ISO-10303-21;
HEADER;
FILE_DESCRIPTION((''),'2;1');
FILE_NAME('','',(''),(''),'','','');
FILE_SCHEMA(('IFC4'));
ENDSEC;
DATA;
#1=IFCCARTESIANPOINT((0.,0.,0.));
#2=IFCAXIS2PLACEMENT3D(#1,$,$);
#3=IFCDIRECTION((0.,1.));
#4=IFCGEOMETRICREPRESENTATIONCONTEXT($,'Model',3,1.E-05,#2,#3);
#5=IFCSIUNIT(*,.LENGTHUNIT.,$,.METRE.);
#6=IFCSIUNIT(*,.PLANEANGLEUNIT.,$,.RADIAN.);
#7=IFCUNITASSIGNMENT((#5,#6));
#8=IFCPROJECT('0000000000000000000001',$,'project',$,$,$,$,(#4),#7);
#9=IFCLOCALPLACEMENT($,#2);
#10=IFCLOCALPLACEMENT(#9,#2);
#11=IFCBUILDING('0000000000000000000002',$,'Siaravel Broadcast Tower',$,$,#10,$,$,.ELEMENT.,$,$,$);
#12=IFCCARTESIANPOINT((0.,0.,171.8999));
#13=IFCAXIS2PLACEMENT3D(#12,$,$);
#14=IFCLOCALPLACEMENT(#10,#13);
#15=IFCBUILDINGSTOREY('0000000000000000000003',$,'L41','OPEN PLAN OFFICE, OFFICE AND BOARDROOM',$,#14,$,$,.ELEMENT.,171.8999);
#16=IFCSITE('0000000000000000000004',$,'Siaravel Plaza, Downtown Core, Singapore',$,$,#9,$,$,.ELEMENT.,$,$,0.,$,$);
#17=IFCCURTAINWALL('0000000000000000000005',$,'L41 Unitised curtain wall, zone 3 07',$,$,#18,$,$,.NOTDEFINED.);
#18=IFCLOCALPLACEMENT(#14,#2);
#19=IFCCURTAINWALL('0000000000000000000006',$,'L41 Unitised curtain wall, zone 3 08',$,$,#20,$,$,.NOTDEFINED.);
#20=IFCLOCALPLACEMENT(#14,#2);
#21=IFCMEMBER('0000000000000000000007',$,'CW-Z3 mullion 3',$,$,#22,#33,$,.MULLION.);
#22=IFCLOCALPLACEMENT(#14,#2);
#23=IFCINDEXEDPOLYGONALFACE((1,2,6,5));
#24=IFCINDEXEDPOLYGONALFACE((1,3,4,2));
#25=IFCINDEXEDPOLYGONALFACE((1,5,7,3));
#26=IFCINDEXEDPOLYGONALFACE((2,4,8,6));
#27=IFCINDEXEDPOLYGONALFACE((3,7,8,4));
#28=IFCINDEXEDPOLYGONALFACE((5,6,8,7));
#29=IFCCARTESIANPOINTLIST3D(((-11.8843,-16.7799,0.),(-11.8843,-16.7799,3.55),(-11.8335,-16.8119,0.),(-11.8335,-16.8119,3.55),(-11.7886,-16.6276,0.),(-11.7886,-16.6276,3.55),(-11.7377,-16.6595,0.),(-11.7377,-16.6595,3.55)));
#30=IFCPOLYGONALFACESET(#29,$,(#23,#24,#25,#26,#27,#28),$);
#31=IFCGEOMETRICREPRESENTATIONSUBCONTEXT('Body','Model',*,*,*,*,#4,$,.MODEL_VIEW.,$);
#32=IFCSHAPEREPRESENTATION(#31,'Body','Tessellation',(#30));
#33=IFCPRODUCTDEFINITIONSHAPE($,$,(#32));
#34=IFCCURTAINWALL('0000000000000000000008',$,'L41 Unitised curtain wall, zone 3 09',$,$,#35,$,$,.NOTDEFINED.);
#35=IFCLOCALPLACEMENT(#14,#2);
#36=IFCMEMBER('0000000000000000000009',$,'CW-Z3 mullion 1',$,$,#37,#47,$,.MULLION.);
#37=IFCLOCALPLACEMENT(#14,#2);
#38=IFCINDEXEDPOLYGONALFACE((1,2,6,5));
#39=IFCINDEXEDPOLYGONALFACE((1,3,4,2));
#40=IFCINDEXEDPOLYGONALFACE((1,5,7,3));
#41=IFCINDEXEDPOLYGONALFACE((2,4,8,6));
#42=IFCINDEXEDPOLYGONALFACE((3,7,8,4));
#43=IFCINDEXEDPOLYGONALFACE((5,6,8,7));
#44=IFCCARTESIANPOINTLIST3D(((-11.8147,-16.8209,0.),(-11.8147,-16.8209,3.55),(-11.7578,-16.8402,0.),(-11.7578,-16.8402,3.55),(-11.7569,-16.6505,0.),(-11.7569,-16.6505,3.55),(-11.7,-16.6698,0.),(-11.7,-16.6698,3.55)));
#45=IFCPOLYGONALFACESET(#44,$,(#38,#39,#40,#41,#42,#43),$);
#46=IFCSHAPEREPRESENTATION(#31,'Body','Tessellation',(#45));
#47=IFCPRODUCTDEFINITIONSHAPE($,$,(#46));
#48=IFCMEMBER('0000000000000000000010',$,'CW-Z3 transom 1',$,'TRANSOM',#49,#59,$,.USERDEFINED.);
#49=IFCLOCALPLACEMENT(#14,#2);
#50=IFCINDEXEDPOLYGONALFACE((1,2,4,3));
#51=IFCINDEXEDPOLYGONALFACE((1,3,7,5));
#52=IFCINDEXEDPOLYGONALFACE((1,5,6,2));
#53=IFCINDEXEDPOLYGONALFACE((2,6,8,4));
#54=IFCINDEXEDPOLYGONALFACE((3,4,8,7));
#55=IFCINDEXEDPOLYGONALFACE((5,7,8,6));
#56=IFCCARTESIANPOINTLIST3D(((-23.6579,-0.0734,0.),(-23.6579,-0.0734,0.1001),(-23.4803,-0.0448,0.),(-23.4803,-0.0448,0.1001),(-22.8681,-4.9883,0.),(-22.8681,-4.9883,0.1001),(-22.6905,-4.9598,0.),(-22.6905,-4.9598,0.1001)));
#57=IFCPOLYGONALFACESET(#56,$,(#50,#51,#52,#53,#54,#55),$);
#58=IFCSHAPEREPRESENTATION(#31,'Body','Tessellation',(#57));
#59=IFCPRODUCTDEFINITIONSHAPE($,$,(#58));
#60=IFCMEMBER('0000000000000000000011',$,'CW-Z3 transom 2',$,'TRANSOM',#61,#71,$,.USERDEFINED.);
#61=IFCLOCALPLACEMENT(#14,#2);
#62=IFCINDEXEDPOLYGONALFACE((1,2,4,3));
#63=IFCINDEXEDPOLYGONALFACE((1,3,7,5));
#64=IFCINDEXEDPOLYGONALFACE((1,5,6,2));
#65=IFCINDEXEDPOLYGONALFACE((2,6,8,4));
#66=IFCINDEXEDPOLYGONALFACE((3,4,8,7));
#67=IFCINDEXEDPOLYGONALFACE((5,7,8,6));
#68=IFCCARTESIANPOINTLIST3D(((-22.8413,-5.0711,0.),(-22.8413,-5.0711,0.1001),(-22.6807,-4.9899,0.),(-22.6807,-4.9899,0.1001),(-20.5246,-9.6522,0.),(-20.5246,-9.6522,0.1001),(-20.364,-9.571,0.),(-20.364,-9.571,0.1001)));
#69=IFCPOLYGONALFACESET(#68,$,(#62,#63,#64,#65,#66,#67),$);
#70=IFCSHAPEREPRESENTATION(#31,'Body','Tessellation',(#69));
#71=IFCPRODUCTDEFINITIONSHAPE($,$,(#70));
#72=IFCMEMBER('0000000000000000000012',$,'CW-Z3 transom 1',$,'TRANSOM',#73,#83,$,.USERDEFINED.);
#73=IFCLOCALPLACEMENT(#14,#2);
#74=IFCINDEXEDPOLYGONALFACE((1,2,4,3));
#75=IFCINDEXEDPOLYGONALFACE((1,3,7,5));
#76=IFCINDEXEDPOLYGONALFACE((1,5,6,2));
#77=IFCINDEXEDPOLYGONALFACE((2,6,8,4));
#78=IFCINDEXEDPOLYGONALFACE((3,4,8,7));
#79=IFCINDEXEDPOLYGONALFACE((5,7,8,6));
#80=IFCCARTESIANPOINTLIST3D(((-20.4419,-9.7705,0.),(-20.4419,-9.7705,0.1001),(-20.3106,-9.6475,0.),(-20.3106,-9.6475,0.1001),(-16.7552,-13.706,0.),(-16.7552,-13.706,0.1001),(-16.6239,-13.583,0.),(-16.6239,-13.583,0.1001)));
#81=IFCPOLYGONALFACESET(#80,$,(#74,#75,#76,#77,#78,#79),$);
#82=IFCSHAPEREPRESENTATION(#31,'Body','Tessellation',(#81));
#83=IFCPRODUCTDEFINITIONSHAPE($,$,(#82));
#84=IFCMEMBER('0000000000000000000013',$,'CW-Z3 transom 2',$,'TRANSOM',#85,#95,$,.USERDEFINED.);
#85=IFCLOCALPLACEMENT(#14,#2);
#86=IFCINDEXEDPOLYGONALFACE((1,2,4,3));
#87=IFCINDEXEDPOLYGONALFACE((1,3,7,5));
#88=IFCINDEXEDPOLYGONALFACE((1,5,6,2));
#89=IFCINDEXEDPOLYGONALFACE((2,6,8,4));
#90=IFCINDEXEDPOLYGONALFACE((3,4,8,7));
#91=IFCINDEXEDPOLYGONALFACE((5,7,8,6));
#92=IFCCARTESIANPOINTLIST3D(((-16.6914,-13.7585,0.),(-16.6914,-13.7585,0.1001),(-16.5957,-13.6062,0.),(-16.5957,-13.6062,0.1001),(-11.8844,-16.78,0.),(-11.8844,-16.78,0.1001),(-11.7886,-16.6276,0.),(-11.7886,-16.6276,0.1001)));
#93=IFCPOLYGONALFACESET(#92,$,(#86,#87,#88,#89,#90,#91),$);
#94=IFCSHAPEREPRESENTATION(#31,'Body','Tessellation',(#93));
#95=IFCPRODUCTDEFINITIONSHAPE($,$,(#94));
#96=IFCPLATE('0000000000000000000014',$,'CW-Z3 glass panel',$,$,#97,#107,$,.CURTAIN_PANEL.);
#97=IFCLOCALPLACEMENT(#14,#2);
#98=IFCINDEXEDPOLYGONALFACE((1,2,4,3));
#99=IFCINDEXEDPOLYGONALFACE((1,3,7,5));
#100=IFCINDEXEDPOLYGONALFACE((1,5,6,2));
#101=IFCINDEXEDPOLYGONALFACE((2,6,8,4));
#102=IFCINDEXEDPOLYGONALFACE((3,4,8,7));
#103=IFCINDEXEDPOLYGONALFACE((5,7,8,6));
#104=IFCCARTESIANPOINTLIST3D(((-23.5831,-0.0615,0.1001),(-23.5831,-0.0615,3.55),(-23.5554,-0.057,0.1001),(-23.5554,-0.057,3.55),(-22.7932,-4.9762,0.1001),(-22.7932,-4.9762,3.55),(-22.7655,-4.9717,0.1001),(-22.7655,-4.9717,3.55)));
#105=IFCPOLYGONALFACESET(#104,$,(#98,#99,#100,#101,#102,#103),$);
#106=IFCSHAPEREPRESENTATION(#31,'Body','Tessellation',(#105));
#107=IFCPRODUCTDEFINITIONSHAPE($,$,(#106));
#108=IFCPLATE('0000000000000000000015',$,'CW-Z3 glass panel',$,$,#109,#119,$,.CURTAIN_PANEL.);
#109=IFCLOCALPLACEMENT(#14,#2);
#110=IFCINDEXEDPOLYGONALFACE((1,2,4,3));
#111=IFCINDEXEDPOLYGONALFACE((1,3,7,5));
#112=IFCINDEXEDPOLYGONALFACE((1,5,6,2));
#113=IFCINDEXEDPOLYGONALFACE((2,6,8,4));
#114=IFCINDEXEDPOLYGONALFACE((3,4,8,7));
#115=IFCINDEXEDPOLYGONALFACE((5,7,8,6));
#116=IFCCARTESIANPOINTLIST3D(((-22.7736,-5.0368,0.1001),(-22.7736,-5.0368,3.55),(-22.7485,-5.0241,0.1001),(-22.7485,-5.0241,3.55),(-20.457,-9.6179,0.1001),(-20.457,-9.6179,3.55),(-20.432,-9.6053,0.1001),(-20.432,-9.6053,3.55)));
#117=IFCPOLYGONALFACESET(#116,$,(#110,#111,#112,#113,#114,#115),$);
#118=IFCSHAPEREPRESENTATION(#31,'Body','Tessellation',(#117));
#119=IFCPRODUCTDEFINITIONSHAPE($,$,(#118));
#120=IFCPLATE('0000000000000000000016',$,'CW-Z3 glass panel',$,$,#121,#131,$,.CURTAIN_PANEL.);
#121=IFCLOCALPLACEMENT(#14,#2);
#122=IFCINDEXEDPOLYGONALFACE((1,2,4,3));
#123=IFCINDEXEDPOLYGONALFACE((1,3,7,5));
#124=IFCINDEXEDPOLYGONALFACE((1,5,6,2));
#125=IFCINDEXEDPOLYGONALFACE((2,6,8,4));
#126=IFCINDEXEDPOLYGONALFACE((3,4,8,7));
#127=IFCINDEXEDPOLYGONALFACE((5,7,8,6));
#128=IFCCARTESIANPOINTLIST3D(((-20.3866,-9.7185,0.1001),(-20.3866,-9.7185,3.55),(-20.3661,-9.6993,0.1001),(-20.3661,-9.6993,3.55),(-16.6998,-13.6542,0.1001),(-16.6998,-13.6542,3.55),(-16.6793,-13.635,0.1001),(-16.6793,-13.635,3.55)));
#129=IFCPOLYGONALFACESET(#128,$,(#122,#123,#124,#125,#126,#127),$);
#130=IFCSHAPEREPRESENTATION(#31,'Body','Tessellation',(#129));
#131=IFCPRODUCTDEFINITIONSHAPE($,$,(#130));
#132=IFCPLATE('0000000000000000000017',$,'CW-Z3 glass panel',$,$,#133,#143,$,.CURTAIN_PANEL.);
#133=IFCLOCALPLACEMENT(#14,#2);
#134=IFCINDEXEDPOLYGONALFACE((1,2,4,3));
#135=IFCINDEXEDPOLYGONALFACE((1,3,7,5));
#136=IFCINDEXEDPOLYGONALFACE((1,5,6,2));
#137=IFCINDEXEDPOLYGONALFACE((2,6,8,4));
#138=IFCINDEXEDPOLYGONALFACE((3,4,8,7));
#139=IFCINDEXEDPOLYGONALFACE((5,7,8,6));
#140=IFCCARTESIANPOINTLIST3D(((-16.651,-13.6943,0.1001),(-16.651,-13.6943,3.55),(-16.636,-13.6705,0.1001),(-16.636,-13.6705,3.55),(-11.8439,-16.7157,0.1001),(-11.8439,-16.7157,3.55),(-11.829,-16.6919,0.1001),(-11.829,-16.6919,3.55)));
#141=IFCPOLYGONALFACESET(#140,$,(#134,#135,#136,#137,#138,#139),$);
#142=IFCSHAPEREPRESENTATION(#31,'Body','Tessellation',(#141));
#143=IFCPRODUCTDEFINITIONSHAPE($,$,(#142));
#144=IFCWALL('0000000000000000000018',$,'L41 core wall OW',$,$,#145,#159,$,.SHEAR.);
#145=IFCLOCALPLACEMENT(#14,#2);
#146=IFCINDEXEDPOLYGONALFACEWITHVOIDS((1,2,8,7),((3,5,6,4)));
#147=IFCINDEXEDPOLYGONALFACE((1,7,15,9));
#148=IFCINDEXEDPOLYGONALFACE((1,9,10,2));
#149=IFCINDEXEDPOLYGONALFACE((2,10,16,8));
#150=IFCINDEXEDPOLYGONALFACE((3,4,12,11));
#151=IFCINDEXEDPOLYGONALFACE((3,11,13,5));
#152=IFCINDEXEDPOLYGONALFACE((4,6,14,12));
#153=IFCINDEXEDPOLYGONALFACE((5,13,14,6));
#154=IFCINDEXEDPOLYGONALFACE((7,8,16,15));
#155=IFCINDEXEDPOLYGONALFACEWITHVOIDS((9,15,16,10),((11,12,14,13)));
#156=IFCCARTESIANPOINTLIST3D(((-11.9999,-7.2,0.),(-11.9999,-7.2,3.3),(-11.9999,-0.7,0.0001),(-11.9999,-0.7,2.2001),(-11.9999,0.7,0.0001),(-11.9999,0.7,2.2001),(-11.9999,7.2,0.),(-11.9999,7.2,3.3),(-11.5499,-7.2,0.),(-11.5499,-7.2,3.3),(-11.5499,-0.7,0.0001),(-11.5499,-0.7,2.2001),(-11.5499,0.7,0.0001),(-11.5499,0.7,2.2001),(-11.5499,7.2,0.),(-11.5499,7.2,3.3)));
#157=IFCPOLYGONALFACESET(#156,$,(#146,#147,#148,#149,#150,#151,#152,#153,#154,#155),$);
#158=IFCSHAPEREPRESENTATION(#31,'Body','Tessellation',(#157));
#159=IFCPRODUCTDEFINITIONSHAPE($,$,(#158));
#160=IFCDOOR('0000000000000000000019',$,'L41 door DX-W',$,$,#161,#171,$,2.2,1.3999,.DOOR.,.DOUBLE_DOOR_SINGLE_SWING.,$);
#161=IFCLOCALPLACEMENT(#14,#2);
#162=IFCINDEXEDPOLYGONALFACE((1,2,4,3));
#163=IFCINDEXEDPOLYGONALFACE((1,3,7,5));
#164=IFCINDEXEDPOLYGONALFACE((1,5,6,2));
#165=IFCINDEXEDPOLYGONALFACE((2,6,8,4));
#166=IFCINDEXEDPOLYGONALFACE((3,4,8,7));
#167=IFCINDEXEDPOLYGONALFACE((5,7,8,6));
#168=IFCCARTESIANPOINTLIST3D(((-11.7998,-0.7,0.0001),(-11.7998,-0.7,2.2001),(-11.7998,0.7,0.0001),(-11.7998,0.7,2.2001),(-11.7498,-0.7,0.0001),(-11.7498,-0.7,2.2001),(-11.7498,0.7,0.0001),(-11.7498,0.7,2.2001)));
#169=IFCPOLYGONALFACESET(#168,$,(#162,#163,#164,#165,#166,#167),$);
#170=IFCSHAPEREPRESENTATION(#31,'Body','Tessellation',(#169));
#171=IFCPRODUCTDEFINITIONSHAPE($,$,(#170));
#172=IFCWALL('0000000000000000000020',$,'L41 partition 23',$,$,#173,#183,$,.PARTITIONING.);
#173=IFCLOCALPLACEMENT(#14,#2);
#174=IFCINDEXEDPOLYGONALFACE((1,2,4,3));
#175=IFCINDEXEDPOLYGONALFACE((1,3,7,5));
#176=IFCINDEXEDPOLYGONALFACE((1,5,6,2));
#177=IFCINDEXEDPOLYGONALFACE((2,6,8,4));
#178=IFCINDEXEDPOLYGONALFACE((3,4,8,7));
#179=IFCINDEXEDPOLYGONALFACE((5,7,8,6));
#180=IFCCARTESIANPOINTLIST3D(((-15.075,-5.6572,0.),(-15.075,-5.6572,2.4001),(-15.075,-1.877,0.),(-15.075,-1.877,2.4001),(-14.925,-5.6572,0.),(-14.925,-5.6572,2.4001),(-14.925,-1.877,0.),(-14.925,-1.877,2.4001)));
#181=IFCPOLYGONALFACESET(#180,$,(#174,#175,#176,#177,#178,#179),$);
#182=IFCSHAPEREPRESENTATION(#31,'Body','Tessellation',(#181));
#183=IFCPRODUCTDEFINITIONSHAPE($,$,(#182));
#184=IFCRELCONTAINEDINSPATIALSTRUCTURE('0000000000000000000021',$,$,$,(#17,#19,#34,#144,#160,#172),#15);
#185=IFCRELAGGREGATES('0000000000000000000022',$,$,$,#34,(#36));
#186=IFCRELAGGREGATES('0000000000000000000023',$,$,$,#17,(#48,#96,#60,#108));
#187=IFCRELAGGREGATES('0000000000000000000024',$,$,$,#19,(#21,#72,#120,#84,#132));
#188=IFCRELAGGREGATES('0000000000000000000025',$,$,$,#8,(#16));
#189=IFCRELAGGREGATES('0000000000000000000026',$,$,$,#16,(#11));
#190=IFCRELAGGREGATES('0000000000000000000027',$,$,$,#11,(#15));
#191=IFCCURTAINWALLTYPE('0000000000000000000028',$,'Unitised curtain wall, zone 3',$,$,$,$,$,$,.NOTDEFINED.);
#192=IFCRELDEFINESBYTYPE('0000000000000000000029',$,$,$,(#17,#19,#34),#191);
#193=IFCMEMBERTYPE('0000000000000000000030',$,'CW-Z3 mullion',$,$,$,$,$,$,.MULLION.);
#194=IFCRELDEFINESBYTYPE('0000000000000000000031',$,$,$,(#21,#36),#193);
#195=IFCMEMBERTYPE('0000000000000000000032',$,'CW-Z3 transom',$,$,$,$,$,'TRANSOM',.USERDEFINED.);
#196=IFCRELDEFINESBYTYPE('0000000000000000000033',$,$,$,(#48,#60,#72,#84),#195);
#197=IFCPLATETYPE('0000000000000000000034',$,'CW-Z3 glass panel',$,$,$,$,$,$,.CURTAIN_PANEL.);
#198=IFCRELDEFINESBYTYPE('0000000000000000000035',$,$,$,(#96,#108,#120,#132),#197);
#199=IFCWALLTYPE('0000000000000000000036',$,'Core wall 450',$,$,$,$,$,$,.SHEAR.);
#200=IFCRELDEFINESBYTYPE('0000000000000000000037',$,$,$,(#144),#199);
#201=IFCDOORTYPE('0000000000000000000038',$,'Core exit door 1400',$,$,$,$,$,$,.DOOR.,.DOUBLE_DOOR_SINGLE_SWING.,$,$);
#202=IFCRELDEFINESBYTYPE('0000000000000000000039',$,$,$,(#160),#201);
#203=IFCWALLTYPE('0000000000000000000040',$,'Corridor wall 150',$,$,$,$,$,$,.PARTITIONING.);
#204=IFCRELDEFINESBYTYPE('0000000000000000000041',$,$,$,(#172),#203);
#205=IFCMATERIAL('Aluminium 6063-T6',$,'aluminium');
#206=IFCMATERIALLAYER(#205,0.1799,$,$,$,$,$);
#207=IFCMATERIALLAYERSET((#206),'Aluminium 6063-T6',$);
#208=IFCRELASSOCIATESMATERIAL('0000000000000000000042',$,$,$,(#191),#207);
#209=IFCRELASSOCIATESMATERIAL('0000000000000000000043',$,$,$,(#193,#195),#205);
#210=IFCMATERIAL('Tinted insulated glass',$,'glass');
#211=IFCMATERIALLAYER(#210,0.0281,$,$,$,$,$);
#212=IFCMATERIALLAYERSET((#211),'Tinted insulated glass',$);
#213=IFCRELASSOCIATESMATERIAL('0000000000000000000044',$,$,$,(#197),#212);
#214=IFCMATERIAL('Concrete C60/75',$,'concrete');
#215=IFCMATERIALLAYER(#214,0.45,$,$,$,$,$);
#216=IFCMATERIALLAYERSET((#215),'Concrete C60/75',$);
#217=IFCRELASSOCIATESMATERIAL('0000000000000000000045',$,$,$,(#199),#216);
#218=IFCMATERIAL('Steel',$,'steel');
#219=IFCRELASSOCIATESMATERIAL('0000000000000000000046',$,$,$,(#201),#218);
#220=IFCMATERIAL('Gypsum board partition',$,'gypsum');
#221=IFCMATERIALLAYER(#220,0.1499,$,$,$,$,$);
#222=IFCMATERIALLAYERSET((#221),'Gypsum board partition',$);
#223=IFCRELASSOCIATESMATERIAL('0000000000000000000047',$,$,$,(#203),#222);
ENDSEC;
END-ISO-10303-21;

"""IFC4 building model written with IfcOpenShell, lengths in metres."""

from ifc_helpers import new_model, si_unit, direction, frame, frame_2d, origin, origin_2d, place, context, subcontext, project, spatial, rectangle, extrude, material, layer, layer_set, material_profile, profile_set, type_object, element, fill, aggregate, save


model = new_model("IFC4")

# Units and contexts
model_context = context("Model", 3, precision=1e-05, world=origin(), true_north=direction((0.0, 1.0)))
body_context = subcontext(model_context, "Body", "Model", "MODEL_VIEW")
ifc_project = project(units=[si_unit("LENGTHUNIT", "METRE"), si_unit("PLANEANGLEUNIT", "RADIAN")], contexts=[model_context])

# Site, building, storey
site_placement = place(None, origin())
site = spatial("IfcSite", under=ifc_project, at=site_placement, Name="Siaravel Plaza, Downtown Core, Singapore", CompositionType="ELEMENT", RefElevation=0.0)
building_placement = place(site_placement, origin())
building = spatial("IfcBuilding", under=site, at=building_placement, Name="Siaravel Broadcast Tower", CompositionType="ELEMENT")
storey_placement = place(building_placement, frame((0.0, 0.0, 171.8999)))
storey = spatial("IfcBuildingStorey", under=building, at=storey_placement, Name="L41", Description="OPEN PLAN OFFICE, OFFICE AND BOARDROOM", CompositionType="ELEMENT", Elevation=171.8999)

# Shared definitions
ifc_material_1 = material(Name="Concrete C60/75", Category="concrete")

# Curtain walls, member
ifc_material_2 = material(Name="Aluminium 6063-T6", Category="aluminium")
ifc_layer_1 = layer(ifc_material_2, 0.1799)
ifc_layer_set_1 = layer_set([ifc_layer_1], Name="Aluminium 6063-T6")
curtain_wall_type = type_object("IfcCurtainWallType", Name="Unitised curtain wall, zone 3", PredefinedType="NOTDEFINED", material=ifc_layer_set_1)
curtain_wall_1_placement = place(storey_placement, origin())
curtain_wall_1 = element("IfcCurtainWall", 1, at=curtain_wall_1_placement, inside=storey, type_object=curtain_wall_type, Name="L41 Unitised curtain wall, zone 3 07", PredefinedType="NOTDEFINED")
ifc_material_profile_1 = material_profile(ifc_material_2, rectangle(XDim=0.1799, YDim=0.0601, at=origin_2d()))
ifc_profile_set_1 = profile_set([ifc_material_profile_1], Name="Aluminium 6063-T6")
member_type_1 = type_object("IfcMemberType", Name="CW-Z3 mullion", PredefinedType="MULLION", material=ifc_profile_set_1)
curtain_wall_2_placement = place(storey_placement, origin())
curtain_wall_2 = element("IfcCurtainWall", 2, at=curtain_wall_2_placement, inside=storey, type_object=curtain_wall_type, Name="L41 Unitised curtain wall, zone 3 08", PredefinedType="NOTDEFINED")
member_1_placement = place(storey_placement, frame((-11.811, -16.7197, 0.0), z_axis=(0.0, 0.0, 1.0), x_axis=(0.532149, 0.846651, 0.0)))
member_1 = element("IfcMember", 3, at=member_1_placement, type_object=member_type_1, Name="CW-Z3 mullion 3", PredefinedType="MULLION", context=body_context, shape_type="SweptSolid", body=[
    extrude(rectangle(XDim=0.1799, YDim=0.0601, at=origin_2d()), origin(), (0.0, 0.0, 1.0), 3.55),
])

# Curtain wall, member
curtain_wall_3_placement = place(storey_placement, origin())
curtain_wall_3 = element("IfcCurtainWall", 4, at=curtain_wall_3_placement, inside=storey, type_object=curtain_wall_type, Name="L41 Unitised curtain wall, zone 3 09", PredefinedType="NOTDEFINED")
member_2_placement = place(storey_placement, frame((-11.7573, -16.7454, 0.0), z_axis=(0.0, 0.0, 1.0), x_axis=(0.3213, 0.946977, 0.0)))
member_2 = element("IfcMember", 5, at=member_2_placement, type_object=member_type_1, Name="CW-Z3 mullion 1", PredefinedType="MULLION", context=body_context, shape_type="SweptSolid", body=[
    extrude(rectangle(XDim=0.1799, YDim=0.0601, at=origin_2d()), origin(), (0.0, 0.0, 1.0), 3.55),
])
aggregate(curtain_wall_3, [member_2])

# Members
ifc_material_profile_2 = material_profile(ifc_material_2, rectangle(XDim=0.1799, YDim=0.1001, at=origin_2d()))
ifc_profile_set_2 = profile_set([ifc_material_profile_2], Name="Aluminium 6063-T6")
member_type_2 = type_object("IfcMemberType", Name="CW-Z3 transom", ElementType="TRANSOM", PredefinedType="USERDEFINED", material=ifc_profile_set_2)
member_3_placement = place(storey_placement, frame((-23.5691, -0.0591, 0.05), z_axis=(0.158654, -0.987334, 0.0), x_axis=(0.987334, 0.158654, 0.0)))
member_3 = element("IfcMember", 6, at=member_3_placement, type_object=member_type_2, Name="CW-Z3 transom 1", ObjectType="TRANSOM", PredefinedType="USERDEFINED", context=body_context, shape_type="SweptSolid", body=[
    extrude(rectangle(XDim=0.1799, YDim=0.1001, at=origin_2d()), origin(), (0.0, 0.0, 1.0), 4.978),
])
member_4_placement = place(storey_placement, frame((-22.761, -5.0305, 0.05), z_axis=(0.45128, -0.892382, 0.0), x_axis=(0.892382, 0.45128, 0.0)))
member_4 = element("IfcMember", 7, at=member_4_placement, type_object=member_type_2, Name="CW-Z3 transom 2", ObjectType="TRANSOM", PredefinedType="USERDEFINED", context=body_context, shape_type="SweptSolid", body=[
    extrude(rectangle(XDim=0.1799, YDim=0.1001, at=origin_2d()), origin(), (0.0, 0.0, 1.0), 5.1335),
])
member_5_placement = place(storey_placement, frame((-20.3762, -9.709, 0.05), z_axis=(0.683664, -0.729797, 0.0), x_axis=(0.729797, 0.683664, 0.0)))
member_5 = element("IfcMember", 8, at=member_5_placement, type_object=member_type_2, Name="CW-Z3 transom 1", ObjectType="TRANSOM", PredefinedType="USERDEFINED", context=body_context, shape_type="SweptSolid", body=[
    extrude(rectangle(XDim=0.1799, YDim=0.1001, at=origin_2d()), origin(), (0.0, 0.0, 1.0), 5.3926),
])
member_6_placement = place(storey_placement, frame((-16.6436, -13.6824, 0.05), z_axis=(0.846648, -0.532154, 0.0), x_axis=(0.532154, 0.846648, 0.0)))
member_6 = element("IfcMember", 9, at=member_6_placement, type_object=member_type_2, Name="CW-Z3 transom 2", ObjectType="TRANSOM", PredefinedType="USERDEFINED", context=body_context, shape_type="SweptSolid", body=[
    extrude(rectangle(XDim=0.1799, YDim=0.1001, at=origin_2d()), origin(), (0.0, 0.0, 1.0), 5.6777),
])

# Plates
ifc_material_3 = material(Name="Tinted insulated glass", Category="glass")
ifc_layer_2 = layer(ifc_material_3, 0.0281)
ifc_layer_set_2 = layer_set([ifc_layer_2], Name="Tinted insulated glass")
plate_type = type_object("IfcPlateType", Name="CW-Z3 glass panel", PredefinedType="CURTAIN_PANEL", material=ifc_layer_set_2)
plate_1_placement = place(storey_placement, frame((-23.1743, -2.5166, 0.1001), z_axis=(0.0, 0.0, 1.0), x_axis=(0.158686, -0.987329, 0.0)))
plate_1 = element("IfcPlate", 10, at=plate_1_placement, type_object=plate_type, Name="CW-Z3 glass panel", PredefinedType="CURTAIN_PANEL", context=body_context, shape_type="SweptSolid", body=[
    extrude(rectangle(XDim=4.9778, YDim=0.0281, at=origin_2d()), origin(), (0.0, 0.0, 1.0), 3.45),
])
plate_2_placement = place(storey_placement, frame((-21.6028, -7.321, 0.1001), z_axis=(0.0, 0.0, 1.0), x_axis=(0.451261, -0.892392, 0.0)))
plate_2 = element("IfcPlate", 11, at=plate_2_placement, type_object=plate_type, Name="CW-Z3 glass panel", PredefinedType="CURTAIN_PANEL", context=body_context, shape_type="SweptSolid", body=[
    extrude(rectangle(XDim=5.1335, YDim=0.0281, at=origin_2d()), origin(), (0.0, 0.0, 1.0), 3.45),
])
aggregate(curtain_wall_1, [member_3, plate_1, member_4, plate_2])
plate_3_placement = place(storey_placement, frame((-18.533, -11.6768, 0.1001), z_axis=(0.0, 0.0, 1.0), x_axis=(0.683655, -0.729805, 0.0)))
plate_3 = element("IfcPlate", 12, at=plate_3_placement, type_object=plate_type, Name="CW-Z3 glass panel", PredefinedType="CURTAIN_PANEL", context=body_context, shape_type="SweptSolid", body=[
    extrude(rectangle(XDim=5.3928, YDim=0.0281, at=origin_2d()), origin(), (0.0, 0.0, 1.0), 3.45),
])
plate_4_placement = place(storey_placement, frame((-14.24, -15.1931, 0.1001), z_axis=(0.0, 0.0, 1.0), x_axis=(0.846651, -0.532149, 0.0)))
plate_4 = element("IfcPlate", 13, at=plate_4_placement, type_object=plate_type, Name="CW-Z3 glass panel", PredefinedType="CURTAIN_PANEL", context=body_context, shape_type="SweptSolid", body=[
    extrude(rectangle(XDim=5.6777, YDim=0.0281, at=origin_2d()), origin(), (0.0, 0.0, 1.0), 3.45),
])
aggregate(curtain_wall_2, [member_1, member_5, plate_3, member_6, plate_4])

# Wall, opening, door
ifc_layer_3 = layer(ifc_material_1, 0.45)
ifc_layer_set_3 = layer_set([ifc_layer_3], Name="Concrete C60/75")
wall_type_1 = type_object("IfcWallType", Name="Core wall 450", PredefinedType="SHEAR", material=ifc_layer_set_3)
wall_1_placement = place(storey_placement, frame((-11.7749, -7.2, 0.0), z_axis=(0.0, 0.0, 1.0), x_axis=(0.0, 1.0, 0.0)))
wall_1 = element("IfcWall", 14, at=wall_1_placement, inside=storey, type_object=wall_type_1, Name="L41 core wall OW", PredefinedType="SHEAR", context=body_context, shape_type="SweptSolid", body=[
    extrude(rectangle(XDim=14.3999, YDim=0.45, at=frame_2d((7.2, 0.0))), origin(), (0.0, 0.0, 1.0), 3.3),
])
opening_1_placement = place(wall_1_placement, frame((6.5, 0.0, 0.0)))
opening_1 = element("IfcOpeningElement", 15, at=opening_1_placement, cuts=wall_1, PredefinedType="OPENING", context=body_context, shape_type="SweptSolid", body=[
    extrude(rectangle(XDim=1.3999, YDim=2.2, at=frame_2d((0.7, 1.1001))), frame((0.0, 0.2349, 0.0), z_axis=(0.0, -1.0, 0.0), x_axis=(1.0, 0.0, 0.0)), (0.0, 0.0, 1.0), 0.47),
])
ifc_material_4 = material(Name="Steel", Category="steel")
door_type_1 = type_object("IfcDoorType", Name="Core exit door 1400", OperationType="DOUBLE_DOOR_SINGLE_SWING", PredefinedType="DOOR", material=ifc_material_4)
door_1_placement = place(opening_1_placement, origin())
door_1 = element("IfcDoor", 16, at=door_1_placement, inside=storey, type_object=door_type_1, Name="L41 door DX-W", OperationType="DOUBLE_DOOR_SINGLE_SWING", OverallHeight=2.2, OverallWidth=1.3999, PredefinedType="DOOR", context=body_context, shape_type="SweptSolid", body=[
    extrude(rectangle(XDim=1.3999, YDim=2.2, at=frame_2d((0.7, 1.1001))), frame((0.0, 0.0249, 0.0), z_axis=(0.0, -1.0, 0.0), x_axis=(1.0, 0.0, 0.0)), (0.0, 0.0, 1.0), 0.05),
])
fill(opening_1, door_1)
ifc_material_5 = material(Name="Gypsum board partition", Category="gypsum")
ifc_layer_4 = layer(ifc_material_5, 0.1499)
ifc_layer_set_4 = layer_set([ifc_layer_4], Name="Gypsum board partition")
wall_type_2 = type_object("IfcWallType", Name="Corridor wall 150", PredefinedType="PARTITIONING", material=ifc_layer_set_4)

# Wall
wall_2_placement = place(storey_placement, frame((-15.0, -1.877, 0.0), z_axis=(0.0, 0.0, 1.0), x_axis=(0.0, -1.0, 0.0)))
element("IfcWall", 17, at=wall_2_placement, inside=storey, type_object=wall_type_2, Name="L41 partition 23", PredefinedType="PARTITIONING", context=body_context, shape_type="SweptSolid", body=[
    extrude(rectangle(XDim=3.7803, YDim=0.1499, at=frame_2d((1.8901, 0.0))), origin(), (0.0, 0.0, 1.0), 2.4001),
])

save(model, "model.ifc")
